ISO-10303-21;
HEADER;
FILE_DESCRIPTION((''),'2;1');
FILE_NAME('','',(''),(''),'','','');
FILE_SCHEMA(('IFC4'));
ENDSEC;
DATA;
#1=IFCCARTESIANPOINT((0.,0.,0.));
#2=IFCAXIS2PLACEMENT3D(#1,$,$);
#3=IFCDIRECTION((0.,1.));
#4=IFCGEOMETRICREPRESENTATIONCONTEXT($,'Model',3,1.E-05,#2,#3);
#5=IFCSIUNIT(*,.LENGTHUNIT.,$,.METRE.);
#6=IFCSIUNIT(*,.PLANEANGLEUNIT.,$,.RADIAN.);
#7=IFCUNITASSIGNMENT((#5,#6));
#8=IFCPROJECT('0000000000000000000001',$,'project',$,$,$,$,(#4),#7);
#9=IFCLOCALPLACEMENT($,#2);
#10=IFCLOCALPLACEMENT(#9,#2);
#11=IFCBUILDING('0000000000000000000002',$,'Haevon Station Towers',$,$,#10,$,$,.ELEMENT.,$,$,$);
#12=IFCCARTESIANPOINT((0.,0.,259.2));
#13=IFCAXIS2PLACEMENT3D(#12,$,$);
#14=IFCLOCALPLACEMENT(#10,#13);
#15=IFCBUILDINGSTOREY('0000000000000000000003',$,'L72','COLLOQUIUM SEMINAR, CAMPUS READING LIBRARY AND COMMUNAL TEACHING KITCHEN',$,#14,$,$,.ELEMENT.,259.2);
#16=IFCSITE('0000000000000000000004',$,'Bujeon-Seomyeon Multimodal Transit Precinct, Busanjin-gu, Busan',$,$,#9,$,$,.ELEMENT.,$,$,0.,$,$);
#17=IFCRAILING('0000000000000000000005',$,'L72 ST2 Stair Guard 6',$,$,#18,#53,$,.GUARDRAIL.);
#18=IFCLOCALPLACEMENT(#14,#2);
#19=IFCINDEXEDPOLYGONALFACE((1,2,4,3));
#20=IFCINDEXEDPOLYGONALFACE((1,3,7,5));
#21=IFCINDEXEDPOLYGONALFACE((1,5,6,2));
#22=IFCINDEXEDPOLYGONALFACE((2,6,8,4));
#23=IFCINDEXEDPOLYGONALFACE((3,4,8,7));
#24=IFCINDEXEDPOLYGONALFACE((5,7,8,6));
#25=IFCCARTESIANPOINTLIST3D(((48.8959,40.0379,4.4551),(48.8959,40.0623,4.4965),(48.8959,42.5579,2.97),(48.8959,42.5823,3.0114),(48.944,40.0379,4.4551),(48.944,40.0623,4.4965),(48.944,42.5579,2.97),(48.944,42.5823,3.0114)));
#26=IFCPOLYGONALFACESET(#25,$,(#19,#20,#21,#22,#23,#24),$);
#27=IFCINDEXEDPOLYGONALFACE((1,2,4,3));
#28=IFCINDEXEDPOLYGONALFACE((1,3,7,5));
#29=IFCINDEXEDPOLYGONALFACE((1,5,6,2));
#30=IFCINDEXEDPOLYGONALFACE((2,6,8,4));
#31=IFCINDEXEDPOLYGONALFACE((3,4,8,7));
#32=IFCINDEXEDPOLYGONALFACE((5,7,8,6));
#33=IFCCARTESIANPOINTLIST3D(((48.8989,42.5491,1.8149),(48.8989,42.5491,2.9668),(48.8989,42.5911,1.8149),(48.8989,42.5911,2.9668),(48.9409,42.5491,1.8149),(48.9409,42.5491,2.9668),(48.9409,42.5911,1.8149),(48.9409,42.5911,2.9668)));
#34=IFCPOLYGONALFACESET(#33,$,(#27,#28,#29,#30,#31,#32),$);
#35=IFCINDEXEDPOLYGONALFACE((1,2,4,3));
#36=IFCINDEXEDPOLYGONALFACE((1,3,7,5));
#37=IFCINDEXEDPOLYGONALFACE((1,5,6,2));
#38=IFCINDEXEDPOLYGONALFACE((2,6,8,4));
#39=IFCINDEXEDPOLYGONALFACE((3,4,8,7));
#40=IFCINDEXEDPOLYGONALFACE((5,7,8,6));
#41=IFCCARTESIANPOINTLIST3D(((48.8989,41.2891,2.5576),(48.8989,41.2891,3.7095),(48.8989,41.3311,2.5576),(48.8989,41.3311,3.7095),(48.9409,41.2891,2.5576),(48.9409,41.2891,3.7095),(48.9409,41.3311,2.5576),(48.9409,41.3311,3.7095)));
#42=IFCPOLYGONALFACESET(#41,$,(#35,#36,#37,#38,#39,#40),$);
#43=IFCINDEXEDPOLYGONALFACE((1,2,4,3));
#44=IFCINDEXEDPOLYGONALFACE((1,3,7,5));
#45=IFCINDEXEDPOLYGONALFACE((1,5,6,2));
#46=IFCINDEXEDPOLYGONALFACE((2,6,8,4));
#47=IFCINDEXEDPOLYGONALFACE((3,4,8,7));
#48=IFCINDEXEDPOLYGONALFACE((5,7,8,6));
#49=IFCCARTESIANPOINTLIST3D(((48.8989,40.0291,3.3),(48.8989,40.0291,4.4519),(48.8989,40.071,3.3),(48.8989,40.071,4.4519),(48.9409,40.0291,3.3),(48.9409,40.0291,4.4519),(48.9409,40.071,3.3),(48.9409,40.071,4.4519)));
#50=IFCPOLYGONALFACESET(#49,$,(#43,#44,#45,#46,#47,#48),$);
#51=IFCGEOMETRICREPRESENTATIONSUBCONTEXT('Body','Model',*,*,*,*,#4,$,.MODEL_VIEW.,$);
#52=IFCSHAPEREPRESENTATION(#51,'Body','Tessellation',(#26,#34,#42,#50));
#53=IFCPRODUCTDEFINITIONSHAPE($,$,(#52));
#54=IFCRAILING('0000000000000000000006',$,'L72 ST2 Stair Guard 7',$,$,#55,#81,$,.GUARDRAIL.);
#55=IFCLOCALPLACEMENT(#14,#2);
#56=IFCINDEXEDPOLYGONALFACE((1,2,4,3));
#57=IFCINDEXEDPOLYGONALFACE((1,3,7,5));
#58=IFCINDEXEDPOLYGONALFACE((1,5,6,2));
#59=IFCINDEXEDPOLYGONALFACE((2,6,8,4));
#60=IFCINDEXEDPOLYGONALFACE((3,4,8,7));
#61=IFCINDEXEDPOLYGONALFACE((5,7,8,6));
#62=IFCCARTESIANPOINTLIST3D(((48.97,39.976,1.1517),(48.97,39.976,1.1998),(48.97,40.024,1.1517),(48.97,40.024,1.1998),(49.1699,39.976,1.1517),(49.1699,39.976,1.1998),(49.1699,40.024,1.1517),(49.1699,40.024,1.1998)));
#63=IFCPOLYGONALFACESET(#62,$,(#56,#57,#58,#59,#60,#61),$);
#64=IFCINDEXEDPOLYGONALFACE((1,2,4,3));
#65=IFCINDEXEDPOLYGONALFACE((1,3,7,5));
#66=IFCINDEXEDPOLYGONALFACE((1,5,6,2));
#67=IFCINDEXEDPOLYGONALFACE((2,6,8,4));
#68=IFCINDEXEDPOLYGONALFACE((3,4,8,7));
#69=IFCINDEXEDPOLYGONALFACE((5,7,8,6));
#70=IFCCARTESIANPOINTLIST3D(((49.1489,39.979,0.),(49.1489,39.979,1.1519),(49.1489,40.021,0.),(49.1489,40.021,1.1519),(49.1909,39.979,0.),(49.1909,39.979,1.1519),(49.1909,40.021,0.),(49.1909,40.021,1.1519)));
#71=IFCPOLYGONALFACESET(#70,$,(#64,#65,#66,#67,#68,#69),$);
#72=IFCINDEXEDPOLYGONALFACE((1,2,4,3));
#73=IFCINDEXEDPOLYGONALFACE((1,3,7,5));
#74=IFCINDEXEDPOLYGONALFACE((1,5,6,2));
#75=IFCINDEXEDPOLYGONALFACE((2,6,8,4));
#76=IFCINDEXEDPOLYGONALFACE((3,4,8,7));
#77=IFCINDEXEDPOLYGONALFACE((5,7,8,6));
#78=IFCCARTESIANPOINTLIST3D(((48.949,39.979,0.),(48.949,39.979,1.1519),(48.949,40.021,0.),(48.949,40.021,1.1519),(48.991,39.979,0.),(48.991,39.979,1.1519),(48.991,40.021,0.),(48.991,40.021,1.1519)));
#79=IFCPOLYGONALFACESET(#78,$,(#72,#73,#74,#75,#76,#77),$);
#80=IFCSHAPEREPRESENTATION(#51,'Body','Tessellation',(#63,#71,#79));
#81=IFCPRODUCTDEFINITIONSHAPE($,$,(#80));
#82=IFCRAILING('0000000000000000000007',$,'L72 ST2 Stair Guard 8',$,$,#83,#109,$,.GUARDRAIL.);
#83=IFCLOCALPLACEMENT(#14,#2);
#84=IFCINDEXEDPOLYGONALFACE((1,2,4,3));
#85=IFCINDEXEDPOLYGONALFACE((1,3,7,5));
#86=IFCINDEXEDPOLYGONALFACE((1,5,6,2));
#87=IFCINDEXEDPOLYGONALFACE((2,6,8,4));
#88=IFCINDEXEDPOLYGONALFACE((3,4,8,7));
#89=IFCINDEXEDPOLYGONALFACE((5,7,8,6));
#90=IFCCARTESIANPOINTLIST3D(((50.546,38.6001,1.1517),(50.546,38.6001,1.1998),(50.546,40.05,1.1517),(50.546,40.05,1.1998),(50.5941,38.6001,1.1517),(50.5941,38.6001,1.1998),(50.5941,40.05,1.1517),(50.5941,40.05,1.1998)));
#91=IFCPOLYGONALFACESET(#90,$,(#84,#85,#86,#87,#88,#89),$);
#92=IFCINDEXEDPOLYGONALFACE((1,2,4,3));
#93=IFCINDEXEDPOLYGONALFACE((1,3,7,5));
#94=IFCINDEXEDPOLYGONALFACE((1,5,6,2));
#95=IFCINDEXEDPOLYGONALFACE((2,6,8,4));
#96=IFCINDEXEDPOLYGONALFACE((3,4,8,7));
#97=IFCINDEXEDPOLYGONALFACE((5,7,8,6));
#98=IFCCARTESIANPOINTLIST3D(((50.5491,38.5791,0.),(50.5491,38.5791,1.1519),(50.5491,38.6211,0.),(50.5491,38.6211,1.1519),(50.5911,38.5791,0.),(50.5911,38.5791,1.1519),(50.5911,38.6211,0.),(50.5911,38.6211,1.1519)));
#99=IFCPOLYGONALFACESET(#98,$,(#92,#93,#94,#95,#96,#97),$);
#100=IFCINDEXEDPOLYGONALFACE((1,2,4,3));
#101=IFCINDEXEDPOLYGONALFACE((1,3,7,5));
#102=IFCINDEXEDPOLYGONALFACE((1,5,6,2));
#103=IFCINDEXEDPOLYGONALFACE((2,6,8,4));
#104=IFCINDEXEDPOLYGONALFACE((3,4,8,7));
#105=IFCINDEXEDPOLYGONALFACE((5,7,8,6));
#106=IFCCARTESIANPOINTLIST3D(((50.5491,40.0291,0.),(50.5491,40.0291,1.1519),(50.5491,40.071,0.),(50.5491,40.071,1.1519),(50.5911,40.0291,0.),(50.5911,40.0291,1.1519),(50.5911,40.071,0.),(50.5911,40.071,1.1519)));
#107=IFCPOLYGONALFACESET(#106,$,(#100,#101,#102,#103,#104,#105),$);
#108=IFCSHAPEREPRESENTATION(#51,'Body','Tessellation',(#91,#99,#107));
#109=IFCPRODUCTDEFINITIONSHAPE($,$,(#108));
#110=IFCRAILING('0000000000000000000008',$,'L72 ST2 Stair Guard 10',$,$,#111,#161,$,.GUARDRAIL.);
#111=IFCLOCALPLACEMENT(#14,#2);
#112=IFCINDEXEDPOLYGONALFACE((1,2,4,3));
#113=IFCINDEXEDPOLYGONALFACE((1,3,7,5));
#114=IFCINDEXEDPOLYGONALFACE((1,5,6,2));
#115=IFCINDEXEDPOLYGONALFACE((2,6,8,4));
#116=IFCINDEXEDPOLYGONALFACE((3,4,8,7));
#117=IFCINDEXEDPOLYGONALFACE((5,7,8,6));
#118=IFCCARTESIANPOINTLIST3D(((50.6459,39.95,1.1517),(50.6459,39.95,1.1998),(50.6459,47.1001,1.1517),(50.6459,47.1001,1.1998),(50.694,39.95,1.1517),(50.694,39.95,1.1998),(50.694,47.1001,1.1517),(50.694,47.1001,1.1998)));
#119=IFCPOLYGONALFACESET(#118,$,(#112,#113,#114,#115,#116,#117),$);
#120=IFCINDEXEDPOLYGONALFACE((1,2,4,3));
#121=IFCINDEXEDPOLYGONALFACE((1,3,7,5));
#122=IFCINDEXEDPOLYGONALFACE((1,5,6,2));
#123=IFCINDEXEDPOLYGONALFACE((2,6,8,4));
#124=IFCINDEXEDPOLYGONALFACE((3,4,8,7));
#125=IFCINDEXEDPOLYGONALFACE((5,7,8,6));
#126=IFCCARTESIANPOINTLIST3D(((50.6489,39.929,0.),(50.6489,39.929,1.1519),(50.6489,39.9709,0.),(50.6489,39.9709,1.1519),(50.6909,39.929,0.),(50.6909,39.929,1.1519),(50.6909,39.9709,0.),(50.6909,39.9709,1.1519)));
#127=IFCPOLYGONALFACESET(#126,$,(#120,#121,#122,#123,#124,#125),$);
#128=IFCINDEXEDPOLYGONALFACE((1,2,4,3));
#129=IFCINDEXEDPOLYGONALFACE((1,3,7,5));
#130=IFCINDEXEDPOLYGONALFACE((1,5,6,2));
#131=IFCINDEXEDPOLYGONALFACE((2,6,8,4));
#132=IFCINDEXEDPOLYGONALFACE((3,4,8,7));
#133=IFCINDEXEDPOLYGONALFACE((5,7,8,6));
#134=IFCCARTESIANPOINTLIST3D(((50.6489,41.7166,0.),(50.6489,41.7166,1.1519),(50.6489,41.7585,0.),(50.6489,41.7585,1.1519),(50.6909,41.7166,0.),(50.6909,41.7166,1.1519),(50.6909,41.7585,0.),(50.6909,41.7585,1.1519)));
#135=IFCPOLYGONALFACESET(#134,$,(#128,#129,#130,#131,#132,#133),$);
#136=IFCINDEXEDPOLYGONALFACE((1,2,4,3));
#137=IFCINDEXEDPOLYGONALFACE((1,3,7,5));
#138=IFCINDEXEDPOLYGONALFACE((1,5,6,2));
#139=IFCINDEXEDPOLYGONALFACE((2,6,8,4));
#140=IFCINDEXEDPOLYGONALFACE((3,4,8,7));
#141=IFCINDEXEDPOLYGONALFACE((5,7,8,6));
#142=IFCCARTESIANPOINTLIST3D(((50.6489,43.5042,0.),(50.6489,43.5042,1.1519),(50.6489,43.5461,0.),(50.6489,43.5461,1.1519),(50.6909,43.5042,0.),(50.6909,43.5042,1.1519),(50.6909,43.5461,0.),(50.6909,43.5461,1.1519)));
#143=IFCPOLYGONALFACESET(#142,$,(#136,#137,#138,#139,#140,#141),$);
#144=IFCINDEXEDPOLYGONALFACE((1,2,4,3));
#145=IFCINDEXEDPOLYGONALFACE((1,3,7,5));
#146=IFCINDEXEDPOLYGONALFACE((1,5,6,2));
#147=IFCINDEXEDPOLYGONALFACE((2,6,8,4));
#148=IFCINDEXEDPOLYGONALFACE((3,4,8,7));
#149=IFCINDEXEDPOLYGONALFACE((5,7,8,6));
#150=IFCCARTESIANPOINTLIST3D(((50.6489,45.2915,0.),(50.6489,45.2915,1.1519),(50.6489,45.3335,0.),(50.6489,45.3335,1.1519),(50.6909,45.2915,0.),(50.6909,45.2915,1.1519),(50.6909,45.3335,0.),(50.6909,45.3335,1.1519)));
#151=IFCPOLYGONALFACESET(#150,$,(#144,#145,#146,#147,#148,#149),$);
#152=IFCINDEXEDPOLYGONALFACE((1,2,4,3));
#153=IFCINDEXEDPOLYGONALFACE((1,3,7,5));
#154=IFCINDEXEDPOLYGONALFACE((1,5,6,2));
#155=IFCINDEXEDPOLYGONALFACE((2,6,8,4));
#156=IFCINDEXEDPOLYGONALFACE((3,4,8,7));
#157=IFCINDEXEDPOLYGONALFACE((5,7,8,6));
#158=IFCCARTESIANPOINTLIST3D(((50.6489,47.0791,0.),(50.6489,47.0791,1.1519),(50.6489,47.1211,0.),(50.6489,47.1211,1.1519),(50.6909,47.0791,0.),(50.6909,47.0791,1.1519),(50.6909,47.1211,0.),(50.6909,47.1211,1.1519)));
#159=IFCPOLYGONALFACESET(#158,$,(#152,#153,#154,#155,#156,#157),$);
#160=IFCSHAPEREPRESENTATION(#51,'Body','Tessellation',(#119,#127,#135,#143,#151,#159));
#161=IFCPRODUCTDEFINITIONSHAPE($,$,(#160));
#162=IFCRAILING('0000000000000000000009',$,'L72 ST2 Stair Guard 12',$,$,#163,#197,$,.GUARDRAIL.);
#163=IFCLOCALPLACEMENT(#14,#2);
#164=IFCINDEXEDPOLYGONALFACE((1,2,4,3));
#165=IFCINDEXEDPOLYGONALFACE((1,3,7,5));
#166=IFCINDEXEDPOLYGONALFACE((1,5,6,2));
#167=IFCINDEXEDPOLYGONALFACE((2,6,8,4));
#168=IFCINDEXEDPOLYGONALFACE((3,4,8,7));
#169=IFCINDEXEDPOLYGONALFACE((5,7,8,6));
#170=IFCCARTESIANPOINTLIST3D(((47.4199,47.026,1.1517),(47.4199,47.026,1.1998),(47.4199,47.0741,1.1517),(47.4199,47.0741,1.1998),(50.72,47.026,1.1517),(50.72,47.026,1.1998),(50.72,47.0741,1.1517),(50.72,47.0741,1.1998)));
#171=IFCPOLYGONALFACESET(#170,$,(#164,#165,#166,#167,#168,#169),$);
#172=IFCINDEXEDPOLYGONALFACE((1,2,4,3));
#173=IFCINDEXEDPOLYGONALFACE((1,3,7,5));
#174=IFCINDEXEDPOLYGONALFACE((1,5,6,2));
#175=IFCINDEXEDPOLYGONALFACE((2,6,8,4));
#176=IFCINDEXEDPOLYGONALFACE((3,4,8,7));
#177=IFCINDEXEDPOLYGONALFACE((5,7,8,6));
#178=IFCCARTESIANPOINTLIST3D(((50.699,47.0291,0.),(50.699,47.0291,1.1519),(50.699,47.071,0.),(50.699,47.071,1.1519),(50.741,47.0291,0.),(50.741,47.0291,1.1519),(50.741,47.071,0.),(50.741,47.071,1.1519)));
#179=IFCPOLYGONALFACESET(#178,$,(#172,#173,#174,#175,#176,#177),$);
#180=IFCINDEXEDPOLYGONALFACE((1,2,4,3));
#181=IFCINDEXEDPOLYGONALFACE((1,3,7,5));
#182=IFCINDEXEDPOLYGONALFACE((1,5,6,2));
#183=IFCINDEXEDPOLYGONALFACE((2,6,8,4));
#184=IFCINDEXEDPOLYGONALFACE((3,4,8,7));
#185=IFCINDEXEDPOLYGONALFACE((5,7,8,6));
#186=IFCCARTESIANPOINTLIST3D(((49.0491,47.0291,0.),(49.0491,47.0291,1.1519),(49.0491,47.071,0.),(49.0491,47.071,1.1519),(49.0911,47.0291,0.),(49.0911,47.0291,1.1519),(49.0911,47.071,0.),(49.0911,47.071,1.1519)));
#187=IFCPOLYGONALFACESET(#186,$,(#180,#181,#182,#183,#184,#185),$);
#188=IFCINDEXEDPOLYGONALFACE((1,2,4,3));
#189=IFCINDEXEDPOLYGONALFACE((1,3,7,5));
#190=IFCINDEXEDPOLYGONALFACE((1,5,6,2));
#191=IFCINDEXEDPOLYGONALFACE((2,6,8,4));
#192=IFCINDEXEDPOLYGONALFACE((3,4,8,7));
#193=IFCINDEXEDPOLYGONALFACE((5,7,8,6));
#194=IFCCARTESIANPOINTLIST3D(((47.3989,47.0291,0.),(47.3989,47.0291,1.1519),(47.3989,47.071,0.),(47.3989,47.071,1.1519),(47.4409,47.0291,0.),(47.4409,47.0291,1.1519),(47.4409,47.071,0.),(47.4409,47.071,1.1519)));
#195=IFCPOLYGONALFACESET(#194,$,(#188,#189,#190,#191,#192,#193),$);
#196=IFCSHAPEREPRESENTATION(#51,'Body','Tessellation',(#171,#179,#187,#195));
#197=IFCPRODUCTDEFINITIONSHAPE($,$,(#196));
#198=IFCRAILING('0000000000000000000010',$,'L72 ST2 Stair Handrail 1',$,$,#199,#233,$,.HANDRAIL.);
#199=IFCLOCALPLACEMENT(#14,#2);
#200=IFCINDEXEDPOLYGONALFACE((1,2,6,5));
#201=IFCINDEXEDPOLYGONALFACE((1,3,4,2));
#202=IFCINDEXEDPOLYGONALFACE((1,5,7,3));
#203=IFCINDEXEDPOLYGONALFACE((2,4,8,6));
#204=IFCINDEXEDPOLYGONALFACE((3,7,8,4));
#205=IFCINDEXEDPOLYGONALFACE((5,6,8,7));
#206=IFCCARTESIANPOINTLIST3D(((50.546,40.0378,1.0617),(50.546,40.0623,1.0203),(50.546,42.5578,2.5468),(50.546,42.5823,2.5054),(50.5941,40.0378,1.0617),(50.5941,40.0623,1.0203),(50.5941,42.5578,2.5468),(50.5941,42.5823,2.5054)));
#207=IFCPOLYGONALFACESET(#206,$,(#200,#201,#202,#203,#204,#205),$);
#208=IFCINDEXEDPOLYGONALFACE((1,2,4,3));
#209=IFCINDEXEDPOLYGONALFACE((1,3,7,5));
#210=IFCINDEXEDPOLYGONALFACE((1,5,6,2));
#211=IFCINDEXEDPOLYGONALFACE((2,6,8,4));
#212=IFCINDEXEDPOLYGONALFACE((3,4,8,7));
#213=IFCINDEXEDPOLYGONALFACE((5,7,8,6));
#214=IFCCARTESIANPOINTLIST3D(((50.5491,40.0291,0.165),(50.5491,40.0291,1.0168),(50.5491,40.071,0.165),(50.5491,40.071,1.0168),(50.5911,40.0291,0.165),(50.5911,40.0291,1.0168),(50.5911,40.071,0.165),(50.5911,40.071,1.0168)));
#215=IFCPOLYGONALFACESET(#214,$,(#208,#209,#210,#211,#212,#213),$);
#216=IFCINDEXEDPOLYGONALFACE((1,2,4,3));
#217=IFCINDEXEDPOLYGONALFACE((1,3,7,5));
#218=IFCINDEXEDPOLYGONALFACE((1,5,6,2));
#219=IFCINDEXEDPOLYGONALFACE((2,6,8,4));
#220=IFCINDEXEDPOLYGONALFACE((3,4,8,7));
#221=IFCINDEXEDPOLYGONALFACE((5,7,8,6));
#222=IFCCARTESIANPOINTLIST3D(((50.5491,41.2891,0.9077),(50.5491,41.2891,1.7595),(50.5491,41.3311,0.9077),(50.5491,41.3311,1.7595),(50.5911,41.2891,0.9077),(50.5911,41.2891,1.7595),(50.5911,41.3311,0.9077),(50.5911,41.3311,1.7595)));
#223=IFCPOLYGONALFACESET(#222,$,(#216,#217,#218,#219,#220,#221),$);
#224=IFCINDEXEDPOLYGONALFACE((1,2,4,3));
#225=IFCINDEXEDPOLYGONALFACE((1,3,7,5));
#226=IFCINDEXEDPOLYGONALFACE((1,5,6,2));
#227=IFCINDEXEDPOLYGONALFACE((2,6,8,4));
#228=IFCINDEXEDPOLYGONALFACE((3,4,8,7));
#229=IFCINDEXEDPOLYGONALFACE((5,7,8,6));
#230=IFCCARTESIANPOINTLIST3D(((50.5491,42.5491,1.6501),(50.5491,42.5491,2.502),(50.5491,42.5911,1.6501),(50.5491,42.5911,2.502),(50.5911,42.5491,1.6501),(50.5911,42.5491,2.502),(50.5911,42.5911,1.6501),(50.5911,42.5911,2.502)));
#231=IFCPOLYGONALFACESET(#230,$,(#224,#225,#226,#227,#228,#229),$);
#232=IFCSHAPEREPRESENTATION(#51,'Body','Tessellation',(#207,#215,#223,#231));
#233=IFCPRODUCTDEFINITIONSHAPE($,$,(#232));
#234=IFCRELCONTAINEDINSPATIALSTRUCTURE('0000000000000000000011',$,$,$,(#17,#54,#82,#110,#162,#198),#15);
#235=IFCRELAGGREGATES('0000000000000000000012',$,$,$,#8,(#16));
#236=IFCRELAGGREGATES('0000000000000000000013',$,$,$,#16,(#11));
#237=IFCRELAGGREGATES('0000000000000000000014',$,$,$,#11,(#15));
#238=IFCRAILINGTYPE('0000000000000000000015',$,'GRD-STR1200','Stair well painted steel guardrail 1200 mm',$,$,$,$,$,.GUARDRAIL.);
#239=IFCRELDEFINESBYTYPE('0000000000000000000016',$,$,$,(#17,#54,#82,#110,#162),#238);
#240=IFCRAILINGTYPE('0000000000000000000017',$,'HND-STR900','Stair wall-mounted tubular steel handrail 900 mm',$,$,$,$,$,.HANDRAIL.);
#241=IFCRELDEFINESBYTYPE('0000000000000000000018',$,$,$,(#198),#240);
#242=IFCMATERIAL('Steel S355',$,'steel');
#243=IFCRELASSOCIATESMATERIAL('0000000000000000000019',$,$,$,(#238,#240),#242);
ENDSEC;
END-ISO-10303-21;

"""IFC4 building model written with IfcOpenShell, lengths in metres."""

from ifc_helpers import new_model, si_unit, direction, frame, origin, origin_2d, place, context, subcontext, project, spatial, rectangle, extrude, material, type_object, element, save


model = new_model("IFC4")

# Units and contexts
model_context = context("Model", 3, precision=1e-05, world=origin(), true_north=direction((0.0, 1.0)))
body_context = subcontext(model_context, "Body", "Model", "MODEL_VIEW")
ifc_project = project(units=[si_unit("LENGTHUNIT", "METRE"), si_unit("PLANEANGLEUNIT", "RADIAN")], contexts=[model_context])

# Site, building, storey
site_placement = place(None, origin())
site = spatial("IfcSite", under=ifc_project, at=site_placement, Name="Bujeon-Seomyeon Multimodal Transit Precinct, Busanjin-gu, Busan", CompositionType="ELEMENT", RefElevation=0.0)
building_placement = place(site_placement, origin())
building = spatial("IfcBuilding", under=site, at=building_placement, Name="Haevon Station Towers", CompositionType="ELEMENT")
storey_placement = place(building_placement, frame((0.0, 0.0, 259.2)))
storey = spatial("IfcBuildingStorey", under=building, at=storey_placement, Name="L72", Description="COLLOQUIUM SEMINAR, CAMPUS READING LIBRARY AND COMMUNAL TEACHING KITCHEN", CompositionType="ELEMENT", Elevation=259.2)

# Shared definitions
ifc_material_1 = material(Name="Steel S355", Category="steel")

# Railings
railing_type_1 = type_object("IfcRailingType", Name="GRD-STR1200", Description="Stair well painted steel guardrail 1200 mm", PredefinedType="GUARDRAIL", material=ifc_material_1)
railing_1_placement = place(storey_placement, frame((48.9199, 42.5701, 1.8149)))
element("IfcRailing", 1, at=railing_1_placement, inside=storey, type_object=railing_type_1, Name="L72 ST2 Stair Guard 6", PredefinedType="GUARDRAIL", context=body_context, shape_type="SweptSolid", body=[
    extrude(rectangle(XDim=0.0481, YDim=0.0481, at=origin_2d()), frame((0.0, 0.0, 1.1758), z_axis=(0.0, -0.861524, 0.507717), x_axis=(1.0, 0.0, 0.0)), (0.0, 0.0, 1.0), 2.925),
    extrude(rectangle(XDim=0.042, YDim=0.042, at=origin_2d()), origin(), (0.0, 0.0, 1.0), 1.1519),
    extrude(rectangle(XDim=0.042, YDim=0.042, at=origin_2d()), frame((0.0, -1.26, 0.7427)), (0.0, 0.0, 1.0), 1.1519),
    extrude(rectangle(XDim=0.042, YDim=0.042, at=origin_2d()), frame((0.0, -2.52, 1.4851)), (0.0, 0.0, 1.0), 1.1519),
])
railing_2_placement = place(storey_placement, frame((49.1699, 40.0, 0.0)))
element("IfcRailing", 2, at=railing_2_placement, inside=storey, type_object=railing_type_1, Name="L72 ST2 Stair Guard 7", PredefinedType="GUARDRAIL", context=body_context, shape_type="SweptSolid", body=[
    extrude(rectangle(XDim=0.0481, YDim=0.0481, at=origin_2d()), frame((0.0, 0.0, 1.1758), z_axis=(-1.0, 0.0, 0.0), x_axis=(0.0, -1.0, 0.0)), (0.0, 0.0, 1.0), 0.2),
    extrude(rectangle(XDim=0.042, YDim=0.042, at=origin_2d()), origin(), (0.0, 0.0, 1.0), 1.1519),
    extrude(rectangle(XDim=0.042, YDim=0.042, at=origin_2d()), frame((-0.2, 0.0, 0.0)), (0.0, 0.0, 1.0), 1.1519),
])
railing_3_placement = place(storey_placement, frame((50.5701, 38.6001, 0.0)))
element("IfcRailing", 3, at=railing_3_placement, inside=storey, type_object=railing_type_1, Name="L72 ST2 Stair Guard 8", PredefinedType="GUARDRAIL", context=body_context, shape_type="SweptSolid", body=[
    extrude(rectangle(XDim=0.0481, YDim=0.0481, at=origin_2d()), frame((0.0, 0.0, 1.1758), z_axis=(0.0, 1.0, 0.0), x_axis=(-1.0, 0.0, 0.0)), (0.0, 0.0, 1.0), 1.45),
    extrude(rectangle(XDim=0.042, YDim=0.042, at=origin_2d()), origin(), (0.0, 0.0, 1.0), 1.1519),
    extrude(rectangle(XDim=0.042, YDim=0.042, at=origin_2d()), frame((0.0, 1.45, 0.0)), (0.0, 0.0, 1.0), 1.1519),
])
railing_4_placement = place(storey_placement, frame((50.6699, 39.95, 0.0)))
element("IfcRailing", 4, at=railing_4_placement, inside=storey, type_object=railing_type_1, Name="L72 ST2 Stair Guard 10", PredefinedType="GUARDRAIL", context=body_context, shape_type="SweptSolid", body=[
    extrude(rectangle(XDim=0.0481, YDim=0.0481, at=origin_2d()), frame((0.0, 0.0, 1.1758), z_axis=(0.0, 1.0, 0.0), x_axis=(-1.0, 0.0, 0.0)), (0.0, 0.0, 1.0), 7.1501),
    extrude(rectangle(XDim=0.042, YDim=0.042, at=origin_2d()), origin(), (0.0, 0.0, 1.0), 1.1519),
    extrude(rectangle(XDim=0.042, YDim=0.042, at=origin_2d()), frame((0.0, 1.7876, 0.0)), (0.0, 0.0, 1.0), 1.1519),
    extrude(rectangle(XDim=0.042, YDim=0.042, at=origin_2d()), frame((0.0, 3.5752, 0.0)), (0.0, 0.0, 1.0), 1.1519),
    extrude(rectangle(XDim=0.042, YDim=0.042, at=origin_2d()), frame((0.0, 5.3625, 0.0)), (0.0, 0.0, 1.0), 1.1519),
    extrude(rectangle(XDim=0.042, YDim=0.042, at=origin_2d()), frame((0.0, 7.1501, 0.0)), (0.0, 0.0, 1.0), 1.1519),
])
railing_5_placement = place(storey_placement, frame((50.72, 47.05, 0.0)))
element("IfcRailing", 5, at=railing_5_placement, inside=storey, type_object=railing_type_1, Name="L72 ST2 Stair Guard 12", PredefinedType="GUARDRAIL", context=body_context, shape_type="SweptSolid", body=[
    extrude(rectangle(XDim=0.0481, YDim=0.0481, at=origin_2d()), frame((0.0, 0.0, 1.1758), z_axis=(-1.0, 0.0, 0.0), x_axis=(0.0, -1.0, 0.0)), (0.0, 0.0, 1.0), 3.3),
    extrude(rectangle(XDim=0.042, YDim=0.042, at=origin_2d()), origin(), (0.0, 0.0, 1.0), 1.1519),
    extrude(rectangle(XDim=0.042, YDim=0.042, at=origin_2d()), frame((-1.6499, 0.0, 0.0)), (0.0, 0.0, 1.0), 1.1519),
    extrude(rectangle(XDim=0.042, YDim=0.042, at=origin_2d()), frame((-3.3, 0.0, 0.0)), (0.0, 0.0, 1.0), 1.1519),
])
railing_type_2 = type_object("IfcRailingType", Name="HND-STR900", Description="Stair wall-mounted tubular steel handrail 900 mm", PredefinedType="HANDRAIL", material=ifc_material_1)
railing_6_placement = place(storey_placement, frame((50.5701, 40.05, 0.165)))
element("IfcRailing", 6, at=railing_6_placement, inside=storey, type_object=railing_type_2, Name="L72 ST2 Stair Handrail 1", PredefinedType="HANDRAIL", context=body_context, shape_type="SweptSolid", body=[
    extrude(rectangle(XDim=0.0481, YDim=0.0481, at=origin_2d()), frame((0.0, 0.0, 0.876), z_axis=(0.0, 0.861524, 0.507717), x_axis=(-1.0, 0.0, 0.0)), (0.0, 0.0, 1.0), 2.925),
    extrude(rectangle(XDim=0.042, YDim=0.042, at=origin_2d()), origin(), (0.0, 0.0, 1.0), 0.8518),
    extrude(rectangle(XDim=0.042, YDim=0.042, at=origin_2d()), frame((0.0, 1.26, 0.7427)), (0.0, 0.0, 1.0), 0.8518),
    extrude(rectangle(XDim=0.042, YDim=0.042, at=origin_2d()), frame((0.0, 2.52, 1.4851)), (0.0, 0.0, 1.0), 0.8518),
])

save(model, "model.ifc")
